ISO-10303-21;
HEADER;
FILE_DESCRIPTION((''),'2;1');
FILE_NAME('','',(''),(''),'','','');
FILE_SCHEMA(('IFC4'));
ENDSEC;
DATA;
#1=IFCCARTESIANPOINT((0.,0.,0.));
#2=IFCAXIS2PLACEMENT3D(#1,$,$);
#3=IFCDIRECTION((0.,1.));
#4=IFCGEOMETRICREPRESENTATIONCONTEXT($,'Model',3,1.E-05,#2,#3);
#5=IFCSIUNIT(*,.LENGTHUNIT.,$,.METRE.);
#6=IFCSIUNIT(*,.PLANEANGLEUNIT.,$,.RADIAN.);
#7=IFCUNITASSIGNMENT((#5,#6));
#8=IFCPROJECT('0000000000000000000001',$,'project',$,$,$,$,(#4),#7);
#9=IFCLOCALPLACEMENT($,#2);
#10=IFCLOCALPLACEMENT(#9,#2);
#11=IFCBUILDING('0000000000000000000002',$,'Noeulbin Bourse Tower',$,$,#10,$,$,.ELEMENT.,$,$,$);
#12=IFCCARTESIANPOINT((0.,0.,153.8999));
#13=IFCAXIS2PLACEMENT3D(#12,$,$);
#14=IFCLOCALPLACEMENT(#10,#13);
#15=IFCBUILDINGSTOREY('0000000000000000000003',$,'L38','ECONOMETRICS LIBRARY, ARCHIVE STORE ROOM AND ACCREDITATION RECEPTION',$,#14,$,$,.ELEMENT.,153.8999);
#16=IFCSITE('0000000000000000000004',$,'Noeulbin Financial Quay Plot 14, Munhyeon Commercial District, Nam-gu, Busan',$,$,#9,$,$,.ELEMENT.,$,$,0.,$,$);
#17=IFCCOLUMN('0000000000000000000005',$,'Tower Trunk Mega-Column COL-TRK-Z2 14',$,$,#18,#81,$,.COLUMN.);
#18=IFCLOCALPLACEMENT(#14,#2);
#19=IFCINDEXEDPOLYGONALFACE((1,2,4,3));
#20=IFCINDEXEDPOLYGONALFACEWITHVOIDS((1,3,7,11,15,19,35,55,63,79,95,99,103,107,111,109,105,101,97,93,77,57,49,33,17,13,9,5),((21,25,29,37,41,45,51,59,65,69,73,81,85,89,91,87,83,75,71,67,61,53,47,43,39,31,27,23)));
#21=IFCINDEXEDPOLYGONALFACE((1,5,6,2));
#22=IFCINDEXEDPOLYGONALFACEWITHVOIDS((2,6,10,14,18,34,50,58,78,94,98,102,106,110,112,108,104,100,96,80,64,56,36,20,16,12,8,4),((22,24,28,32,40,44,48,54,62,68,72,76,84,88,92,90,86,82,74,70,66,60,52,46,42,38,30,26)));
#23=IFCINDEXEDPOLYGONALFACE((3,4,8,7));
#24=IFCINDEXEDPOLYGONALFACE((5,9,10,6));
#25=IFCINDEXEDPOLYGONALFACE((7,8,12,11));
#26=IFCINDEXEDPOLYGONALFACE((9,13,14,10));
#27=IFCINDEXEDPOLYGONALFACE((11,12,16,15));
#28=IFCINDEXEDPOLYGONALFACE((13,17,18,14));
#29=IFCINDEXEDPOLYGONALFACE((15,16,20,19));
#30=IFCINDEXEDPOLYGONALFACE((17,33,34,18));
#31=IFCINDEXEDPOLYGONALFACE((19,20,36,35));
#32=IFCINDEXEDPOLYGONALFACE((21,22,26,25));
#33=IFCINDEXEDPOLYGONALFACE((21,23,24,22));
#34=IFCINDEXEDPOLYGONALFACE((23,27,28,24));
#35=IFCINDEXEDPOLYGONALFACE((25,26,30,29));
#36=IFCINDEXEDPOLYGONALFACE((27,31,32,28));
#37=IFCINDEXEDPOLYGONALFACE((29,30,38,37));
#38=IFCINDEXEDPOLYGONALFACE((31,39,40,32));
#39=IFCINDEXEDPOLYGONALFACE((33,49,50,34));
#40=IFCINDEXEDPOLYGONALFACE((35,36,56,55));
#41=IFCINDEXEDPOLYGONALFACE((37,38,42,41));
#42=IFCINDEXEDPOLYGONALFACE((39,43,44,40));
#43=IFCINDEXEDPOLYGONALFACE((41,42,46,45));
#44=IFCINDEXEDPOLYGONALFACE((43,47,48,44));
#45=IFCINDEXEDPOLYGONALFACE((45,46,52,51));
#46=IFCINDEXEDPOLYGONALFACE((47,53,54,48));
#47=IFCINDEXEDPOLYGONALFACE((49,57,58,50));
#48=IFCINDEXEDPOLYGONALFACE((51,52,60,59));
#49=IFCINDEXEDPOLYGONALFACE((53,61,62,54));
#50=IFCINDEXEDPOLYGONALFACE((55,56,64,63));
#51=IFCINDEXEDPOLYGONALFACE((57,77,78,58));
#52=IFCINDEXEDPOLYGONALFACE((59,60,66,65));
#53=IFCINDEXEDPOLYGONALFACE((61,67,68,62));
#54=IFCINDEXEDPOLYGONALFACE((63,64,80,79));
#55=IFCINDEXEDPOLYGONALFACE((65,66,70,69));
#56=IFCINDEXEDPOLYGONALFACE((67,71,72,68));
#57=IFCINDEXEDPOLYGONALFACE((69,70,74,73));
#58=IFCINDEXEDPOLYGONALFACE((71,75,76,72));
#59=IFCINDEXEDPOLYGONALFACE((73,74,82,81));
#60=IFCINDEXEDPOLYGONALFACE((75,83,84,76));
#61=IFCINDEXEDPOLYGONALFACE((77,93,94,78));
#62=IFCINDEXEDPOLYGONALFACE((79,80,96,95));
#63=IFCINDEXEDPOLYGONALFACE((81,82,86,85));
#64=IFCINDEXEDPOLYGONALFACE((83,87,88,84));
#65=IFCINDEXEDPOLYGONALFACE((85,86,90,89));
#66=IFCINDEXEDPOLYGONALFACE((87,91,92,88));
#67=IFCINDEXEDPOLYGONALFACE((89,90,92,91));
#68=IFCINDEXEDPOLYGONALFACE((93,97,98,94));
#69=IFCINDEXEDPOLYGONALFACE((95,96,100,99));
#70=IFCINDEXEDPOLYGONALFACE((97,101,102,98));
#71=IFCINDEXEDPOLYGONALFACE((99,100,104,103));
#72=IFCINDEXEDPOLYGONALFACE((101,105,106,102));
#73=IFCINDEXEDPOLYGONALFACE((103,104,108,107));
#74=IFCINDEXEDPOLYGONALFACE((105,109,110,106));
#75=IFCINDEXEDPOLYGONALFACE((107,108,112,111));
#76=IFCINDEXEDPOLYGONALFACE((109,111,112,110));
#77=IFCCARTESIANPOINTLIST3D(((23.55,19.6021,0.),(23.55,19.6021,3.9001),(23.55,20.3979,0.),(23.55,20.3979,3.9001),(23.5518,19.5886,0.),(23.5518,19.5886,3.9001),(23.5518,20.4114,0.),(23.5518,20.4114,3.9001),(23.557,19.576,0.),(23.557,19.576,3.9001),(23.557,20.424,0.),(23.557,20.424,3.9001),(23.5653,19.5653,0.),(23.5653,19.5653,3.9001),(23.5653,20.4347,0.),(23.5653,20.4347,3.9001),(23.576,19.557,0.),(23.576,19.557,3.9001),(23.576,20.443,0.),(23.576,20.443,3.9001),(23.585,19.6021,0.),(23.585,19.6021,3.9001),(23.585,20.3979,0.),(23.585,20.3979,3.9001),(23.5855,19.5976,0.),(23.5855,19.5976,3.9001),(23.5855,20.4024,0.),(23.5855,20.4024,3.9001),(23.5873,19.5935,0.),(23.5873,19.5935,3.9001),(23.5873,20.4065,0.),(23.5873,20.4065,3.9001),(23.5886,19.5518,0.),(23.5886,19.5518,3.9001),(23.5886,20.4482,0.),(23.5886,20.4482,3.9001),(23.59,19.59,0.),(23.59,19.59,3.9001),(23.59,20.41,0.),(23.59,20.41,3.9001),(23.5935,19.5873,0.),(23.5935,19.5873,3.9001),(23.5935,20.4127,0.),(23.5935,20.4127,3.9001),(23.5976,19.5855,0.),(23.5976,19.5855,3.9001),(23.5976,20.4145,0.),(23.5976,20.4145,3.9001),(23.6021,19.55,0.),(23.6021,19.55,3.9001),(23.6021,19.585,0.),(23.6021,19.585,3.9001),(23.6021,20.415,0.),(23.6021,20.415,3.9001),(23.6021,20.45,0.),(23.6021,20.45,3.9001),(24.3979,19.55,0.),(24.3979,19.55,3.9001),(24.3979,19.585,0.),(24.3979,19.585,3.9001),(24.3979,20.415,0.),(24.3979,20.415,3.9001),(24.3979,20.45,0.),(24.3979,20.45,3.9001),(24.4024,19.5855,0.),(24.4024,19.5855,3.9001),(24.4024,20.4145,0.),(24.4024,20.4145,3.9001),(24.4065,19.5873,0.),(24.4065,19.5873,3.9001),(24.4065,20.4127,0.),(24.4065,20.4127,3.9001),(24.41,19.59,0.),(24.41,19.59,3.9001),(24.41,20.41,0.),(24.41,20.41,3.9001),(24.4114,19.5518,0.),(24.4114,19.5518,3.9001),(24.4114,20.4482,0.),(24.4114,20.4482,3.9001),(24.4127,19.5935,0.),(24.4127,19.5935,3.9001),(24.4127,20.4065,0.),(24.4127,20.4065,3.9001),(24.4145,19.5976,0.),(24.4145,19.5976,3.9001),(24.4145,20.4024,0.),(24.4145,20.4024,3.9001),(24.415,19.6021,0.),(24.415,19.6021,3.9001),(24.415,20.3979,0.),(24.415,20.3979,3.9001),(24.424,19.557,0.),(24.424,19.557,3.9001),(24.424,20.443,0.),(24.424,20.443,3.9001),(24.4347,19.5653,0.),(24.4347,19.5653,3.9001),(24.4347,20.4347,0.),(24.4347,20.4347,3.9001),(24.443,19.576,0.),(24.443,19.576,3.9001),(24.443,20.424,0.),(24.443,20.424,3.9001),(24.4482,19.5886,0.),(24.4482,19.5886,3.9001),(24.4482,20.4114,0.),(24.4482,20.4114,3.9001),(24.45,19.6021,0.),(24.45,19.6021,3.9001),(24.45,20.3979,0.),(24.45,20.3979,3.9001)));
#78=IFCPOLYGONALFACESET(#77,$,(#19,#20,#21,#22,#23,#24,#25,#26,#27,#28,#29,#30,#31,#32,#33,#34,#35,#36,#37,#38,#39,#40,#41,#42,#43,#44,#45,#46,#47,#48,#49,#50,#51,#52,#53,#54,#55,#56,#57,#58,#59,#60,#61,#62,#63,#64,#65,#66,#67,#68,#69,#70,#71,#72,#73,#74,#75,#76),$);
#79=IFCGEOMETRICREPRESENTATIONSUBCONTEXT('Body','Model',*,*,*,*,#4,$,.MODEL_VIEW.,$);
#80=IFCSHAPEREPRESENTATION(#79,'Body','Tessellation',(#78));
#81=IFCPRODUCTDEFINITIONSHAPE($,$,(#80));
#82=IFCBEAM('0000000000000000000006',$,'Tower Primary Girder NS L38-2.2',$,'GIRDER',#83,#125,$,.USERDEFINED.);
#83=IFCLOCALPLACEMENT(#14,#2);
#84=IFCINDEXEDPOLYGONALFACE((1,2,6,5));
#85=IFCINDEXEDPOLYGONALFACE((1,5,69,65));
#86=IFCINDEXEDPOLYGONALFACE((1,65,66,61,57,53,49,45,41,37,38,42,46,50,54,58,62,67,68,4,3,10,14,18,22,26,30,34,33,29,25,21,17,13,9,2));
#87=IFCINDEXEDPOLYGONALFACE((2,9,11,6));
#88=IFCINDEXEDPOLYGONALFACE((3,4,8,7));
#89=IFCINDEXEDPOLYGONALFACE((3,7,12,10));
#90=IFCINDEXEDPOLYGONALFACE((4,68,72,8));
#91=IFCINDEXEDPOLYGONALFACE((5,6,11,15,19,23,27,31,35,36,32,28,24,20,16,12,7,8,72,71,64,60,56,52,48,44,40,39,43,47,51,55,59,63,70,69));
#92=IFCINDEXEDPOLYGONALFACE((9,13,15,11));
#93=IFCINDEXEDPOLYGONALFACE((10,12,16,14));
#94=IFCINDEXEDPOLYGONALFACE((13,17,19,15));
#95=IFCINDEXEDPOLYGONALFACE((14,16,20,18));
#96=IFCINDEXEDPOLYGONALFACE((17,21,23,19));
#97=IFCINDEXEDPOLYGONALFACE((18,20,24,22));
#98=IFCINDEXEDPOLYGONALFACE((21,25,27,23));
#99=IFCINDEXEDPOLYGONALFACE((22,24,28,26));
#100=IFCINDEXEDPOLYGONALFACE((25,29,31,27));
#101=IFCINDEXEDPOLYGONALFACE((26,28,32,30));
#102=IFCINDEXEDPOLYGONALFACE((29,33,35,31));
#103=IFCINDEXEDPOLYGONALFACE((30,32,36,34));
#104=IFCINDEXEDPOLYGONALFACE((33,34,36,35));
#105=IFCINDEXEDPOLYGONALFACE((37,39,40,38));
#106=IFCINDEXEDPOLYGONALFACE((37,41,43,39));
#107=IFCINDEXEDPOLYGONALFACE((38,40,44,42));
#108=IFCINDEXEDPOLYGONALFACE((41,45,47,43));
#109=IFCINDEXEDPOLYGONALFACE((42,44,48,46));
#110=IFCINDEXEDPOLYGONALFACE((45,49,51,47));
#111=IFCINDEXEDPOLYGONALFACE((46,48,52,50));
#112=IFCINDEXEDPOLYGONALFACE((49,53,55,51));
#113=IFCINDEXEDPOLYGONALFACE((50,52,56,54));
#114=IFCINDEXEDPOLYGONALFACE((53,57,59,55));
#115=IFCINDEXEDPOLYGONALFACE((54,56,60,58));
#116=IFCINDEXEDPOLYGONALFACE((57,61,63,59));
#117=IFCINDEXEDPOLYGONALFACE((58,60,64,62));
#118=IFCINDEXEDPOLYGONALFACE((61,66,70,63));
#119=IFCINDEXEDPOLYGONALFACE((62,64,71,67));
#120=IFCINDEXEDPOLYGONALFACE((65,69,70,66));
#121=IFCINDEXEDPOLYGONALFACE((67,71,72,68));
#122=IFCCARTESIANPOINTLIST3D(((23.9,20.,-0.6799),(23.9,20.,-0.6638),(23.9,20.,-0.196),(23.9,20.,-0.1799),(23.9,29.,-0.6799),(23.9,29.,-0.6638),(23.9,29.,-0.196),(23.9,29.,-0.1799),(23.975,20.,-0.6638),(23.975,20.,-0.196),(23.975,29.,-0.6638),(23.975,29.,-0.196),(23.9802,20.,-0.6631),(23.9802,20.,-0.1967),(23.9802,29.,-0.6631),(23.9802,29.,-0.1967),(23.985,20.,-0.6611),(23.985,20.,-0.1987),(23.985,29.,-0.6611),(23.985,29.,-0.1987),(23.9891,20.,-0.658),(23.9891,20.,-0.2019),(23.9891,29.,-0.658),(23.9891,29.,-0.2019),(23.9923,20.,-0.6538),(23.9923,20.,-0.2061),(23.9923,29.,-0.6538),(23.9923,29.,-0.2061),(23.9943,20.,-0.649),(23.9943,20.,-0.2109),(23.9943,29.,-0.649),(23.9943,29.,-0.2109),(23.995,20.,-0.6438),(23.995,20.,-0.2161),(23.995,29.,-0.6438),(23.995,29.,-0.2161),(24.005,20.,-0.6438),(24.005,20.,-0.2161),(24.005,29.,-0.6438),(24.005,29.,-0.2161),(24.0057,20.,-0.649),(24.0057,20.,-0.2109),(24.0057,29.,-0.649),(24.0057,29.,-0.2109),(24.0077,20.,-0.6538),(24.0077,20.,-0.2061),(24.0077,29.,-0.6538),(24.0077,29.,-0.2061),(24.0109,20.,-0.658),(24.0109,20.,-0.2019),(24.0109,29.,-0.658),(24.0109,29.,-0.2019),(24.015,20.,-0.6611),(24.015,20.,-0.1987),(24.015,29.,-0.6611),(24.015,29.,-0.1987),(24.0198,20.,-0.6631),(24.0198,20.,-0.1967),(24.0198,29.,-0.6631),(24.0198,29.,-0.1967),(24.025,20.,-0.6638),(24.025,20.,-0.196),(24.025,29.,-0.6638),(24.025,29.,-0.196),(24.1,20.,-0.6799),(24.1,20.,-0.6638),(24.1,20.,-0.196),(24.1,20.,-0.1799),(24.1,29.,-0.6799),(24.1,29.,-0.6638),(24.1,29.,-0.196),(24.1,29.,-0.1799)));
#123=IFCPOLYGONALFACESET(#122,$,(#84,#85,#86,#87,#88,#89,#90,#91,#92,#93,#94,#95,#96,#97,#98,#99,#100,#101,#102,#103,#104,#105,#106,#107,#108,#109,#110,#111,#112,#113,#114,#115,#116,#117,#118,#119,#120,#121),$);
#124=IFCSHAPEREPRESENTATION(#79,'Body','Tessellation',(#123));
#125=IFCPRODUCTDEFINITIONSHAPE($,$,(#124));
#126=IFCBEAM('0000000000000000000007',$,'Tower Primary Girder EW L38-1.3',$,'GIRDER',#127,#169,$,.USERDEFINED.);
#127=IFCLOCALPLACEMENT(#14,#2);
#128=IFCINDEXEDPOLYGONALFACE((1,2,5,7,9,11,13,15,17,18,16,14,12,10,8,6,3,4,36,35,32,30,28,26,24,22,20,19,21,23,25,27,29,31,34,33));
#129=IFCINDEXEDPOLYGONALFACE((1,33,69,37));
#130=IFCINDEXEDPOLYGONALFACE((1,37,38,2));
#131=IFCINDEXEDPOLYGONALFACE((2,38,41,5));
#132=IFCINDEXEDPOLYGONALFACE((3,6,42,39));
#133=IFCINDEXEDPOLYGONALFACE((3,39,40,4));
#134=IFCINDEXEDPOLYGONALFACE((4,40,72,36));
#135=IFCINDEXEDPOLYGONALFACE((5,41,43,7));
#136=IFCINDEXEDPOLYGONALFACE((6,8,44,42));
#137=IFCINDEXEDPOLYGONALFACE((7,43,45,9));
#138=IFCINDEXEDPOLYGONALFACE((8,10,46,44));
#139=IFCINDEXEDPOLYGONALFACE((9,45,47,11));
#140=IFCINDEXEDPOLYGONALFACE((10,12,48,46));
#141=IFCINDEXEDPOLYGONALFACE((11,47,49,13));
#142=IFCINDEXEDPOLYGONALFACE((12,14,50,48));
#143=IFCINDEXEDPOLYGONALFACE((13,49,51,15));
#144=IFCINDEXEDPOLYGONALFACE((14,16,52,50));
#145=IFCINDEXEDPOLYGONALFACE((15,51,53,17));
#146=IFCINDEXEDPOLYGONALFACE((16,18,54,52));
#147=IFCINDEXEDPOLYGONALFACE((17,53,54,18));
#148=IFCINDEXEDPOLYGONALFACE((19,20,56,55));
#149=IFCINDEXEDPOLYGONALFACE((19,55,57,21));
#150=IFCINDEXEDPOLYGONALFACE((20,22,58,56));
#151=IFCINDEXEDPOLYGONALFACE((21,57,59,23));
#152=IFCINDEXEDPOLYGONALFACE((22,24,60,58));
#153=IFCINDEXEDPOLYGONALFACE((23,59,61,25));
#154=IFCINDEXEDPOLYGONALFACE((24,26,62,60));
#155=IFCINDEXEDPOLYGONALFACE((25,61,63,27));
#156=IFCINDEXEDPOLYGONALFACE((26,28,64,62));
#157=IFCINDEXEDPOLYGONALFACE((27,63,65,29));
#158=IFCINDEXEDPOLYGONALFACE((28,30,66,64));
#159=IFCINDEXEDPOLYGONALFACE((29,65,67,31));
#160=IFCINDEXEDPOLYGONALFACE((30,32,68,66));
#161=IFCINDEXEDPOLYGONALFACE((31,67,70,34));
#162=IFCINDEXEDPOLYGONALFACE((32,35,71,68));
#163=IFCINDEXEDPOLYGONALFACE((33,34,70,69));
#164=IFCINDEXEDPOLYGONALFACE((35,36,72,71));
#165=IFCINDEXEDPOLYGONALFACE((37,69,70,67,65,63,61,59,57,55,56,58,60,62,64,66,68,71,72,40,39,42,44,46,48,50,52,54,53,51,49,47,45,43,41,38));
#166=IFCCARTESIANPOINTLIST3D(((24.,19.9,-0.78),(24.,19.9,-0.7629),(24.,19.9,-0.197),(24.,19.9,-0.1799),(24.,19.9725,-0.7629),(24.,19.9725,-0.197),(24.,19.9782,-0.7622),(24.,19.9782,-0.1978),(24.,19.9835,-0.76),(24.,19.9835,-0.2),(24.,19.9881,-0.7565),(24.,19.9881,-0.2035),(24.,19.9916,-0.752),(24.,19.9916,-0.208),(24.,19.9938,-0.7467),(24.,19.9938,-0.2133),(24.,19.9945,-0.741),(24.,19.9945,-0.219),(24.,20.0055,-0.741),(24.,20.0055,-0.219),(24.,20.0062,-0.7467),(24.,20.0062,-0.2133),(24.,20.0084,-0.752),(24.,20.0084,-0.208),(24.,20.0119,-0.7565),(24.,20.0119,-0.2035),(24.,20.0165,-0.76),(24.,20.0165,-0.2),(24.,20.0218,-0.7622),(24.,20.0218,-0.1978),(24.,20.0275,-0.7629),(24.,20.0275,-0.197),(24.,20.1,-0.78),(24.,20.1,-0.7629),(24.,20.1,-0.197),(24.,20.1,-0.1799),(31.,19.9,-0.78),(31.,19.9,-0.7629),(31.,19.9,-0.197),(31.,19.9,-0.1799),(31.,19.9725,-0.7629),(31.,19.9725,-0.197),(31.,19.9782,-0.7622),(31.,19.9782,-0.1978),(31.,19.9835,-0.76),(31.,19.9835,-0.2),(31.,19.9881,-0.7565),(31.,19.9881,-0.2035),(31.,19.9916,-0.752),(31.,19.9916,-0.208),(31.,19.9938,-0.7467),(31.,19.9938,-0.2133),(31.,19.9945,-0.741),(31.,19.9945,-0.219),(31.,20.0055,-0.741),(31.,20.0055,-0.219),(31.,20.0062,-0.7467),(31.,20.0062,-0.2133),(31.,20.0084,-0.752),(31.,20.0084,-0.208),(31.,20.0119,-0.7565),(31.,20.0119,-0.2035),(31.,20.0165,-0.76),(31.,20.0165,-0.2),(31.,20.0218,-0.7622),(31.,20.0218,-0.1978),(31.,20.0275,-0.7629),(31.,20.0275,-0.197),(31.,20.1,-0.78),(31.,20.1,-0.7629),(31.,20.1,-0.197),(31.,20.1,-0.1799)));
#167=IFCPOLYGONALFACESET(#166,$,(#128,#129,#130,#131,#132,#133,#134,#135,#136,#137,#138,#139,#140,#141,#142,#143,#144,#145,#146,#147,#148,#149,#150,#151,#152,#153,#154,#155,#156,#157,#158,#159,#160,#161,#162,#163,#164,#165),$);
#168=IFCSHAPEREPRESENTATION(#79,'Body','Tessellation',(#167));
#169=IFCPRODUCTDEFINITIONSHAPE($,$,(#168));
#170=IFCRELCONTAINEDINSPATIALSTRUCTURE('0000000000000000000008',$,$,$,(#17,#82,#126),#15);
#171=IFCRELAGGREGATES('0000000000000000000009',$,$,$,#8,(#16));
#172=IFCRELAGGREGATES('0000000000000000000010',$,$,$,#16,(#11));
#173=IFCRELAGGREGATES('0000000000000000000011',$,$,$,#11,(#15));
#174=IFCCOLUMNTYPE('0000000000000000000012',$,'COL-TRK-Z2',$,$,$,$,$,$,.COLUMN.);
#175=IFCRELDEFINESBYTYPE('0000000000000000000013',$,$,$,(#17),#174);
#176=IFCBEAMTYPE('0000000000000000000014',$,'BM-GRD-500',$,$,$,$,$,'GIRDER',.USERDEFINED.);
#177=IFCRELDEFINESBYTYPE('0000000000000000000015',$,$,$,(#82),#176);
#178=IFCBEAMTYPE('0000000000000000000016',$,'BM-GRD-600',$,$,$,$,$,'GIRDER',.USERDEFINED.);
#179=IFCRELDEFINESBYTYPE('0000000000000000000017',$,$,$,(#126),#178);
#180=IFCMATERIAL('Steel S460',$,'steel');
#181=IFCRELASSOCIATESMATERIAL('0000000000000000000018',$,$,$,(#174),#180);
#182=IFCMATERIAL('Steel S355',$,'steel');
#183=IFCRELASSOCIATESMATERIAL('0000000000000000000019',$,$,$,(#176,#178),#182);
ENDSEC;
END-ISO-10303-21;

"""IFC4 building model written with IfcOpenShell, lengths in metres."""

from ifc_helpers import new_model, si_unit, direction, frame, origin, origin_2d, place, context, subcontext, project, spatial, hollow_rectangle, i_section, extrude, material, material_profile, profile_set, type_object, element, save


model = new_model("IFC4")

# Units and contexts
model_context = context("Model", 3, precision=1e-05, world=origin(), true_north=direction((0.0, 1.0)))
body_context = subcontext(model_context, "Body", "Model", "MODEL_VIEW")
ifc_project = project(units=[si_unit("LENGTHUNIT", "METRE"), si_unit("PLANEANGLEUNIT", "RADIAN")], contexts=[model_context])

# Site, building, storey
site_placement = place(None, origin())
site = spatial("IfcSite", under=ifc_project, at=site_placement, Name="Noeulbin Financial Quay Plot 14, Munhyeon Commercial District, Nam-gu, Busan", CompositionType="ELEMENT", RefElevation=0.0)
building_placement = place(site_placement, origin())
building = spatial("IfcBuilding", under=site, at=building_placement, Name="Noeulbin Bourse Tower", CompositionType="ELEMENT")
storey_placement = place(building_placement, frame((0.0, 0.0, 153.8999)))
storey = spatial("IfcBuildingStorey", under=building, at=storey_placement, Name="L38", Description="ECONOMETRICS LIBRARY, ARCHIVE STORE ROOM AND ACCREDITATION RECEPTION", CompositionType="ELEMENT", Elevation=153.8999)

# Column
ifc_material_1 = material(Name="Steel S460", Category="steel")
ifc_material_profile_1 = material_profile(ifc_material_1, hollow_rectangle(XDim=0.8999, YDim=0.8999, WallThickness=0.0349, InnerFilletRadius=0.0171, OuterFilletRadius=0.052, at=origin_2d()), Name="BOX-900x900x35", Category="LoadBearing")
ifc_profile_set_1 = profile_set([ifc_material_profile_1], Name="Steel S460")
column_type = type_object("IfcColumnType", Name="COL-TRK-Z2", PredefinedType="COLUMN", material=ifc_profile_set_1)
column_placement = place(storey_placement, frame((24.0, 20.0, 0.0), z_axis=(0.0, 0.0, 1.0), x_axis=(1.0, 0.0, 0.0)))
element("IfcColumn", 1, at=column_placement, inside=storey, type_object=column_type, Name="Tower Trunk Mega-Column COL-TRK-Z2 14", PredefinedType="COLUMN", context=body_context, shape_type="SweptSolid", body=[
    extrude(hollow_rectangle(XDim=0.8999, YDim=0.8999, WallThickness=0.0349, InnerFilletRadius=0.0171, OuterFilletRadius=0.052, at=origin_2d()), origin(), (0.0, 0.0, 1.0), 3.9001),
])

# Beams
ifc_material_2 = material(Name="Steel S355", Category="steel")
ifc_material_profile_2 = material_profile(ifc_material_2, i_section(OverallWidth=0.2, OverallDepth=0.5, WebThickness=0.01, FlangeThickness=0.0161, FilletRadius=0.02, at=origin_2d()), Name="H-500x200x10x16", Category="LoadBearing")
ifc_profile_set_2 = profile_set([ifc_material_profile_2], Name="Steel S355")
beam_type_1 = type_object("IfcBeamType", Name="BM-GRD-500", ElementType="GIRDER", PredefinedType="USERDEFINED", material=ifc_profile_set_2)
beam_1_placement = place(storey_placement, frame((24.0, 20.0, -0.4299), z_axis=(0.0, 1.0, 0.0), x_axis=(-1.0, 0.0, 0.0)))
element("IfcBeam", 2, at=beam_1_placement, inside=storey, type_object=beam_type_1, Name="Tower Primary Girder NS L38-2.2", ObjectType="GIRDER", PredefinedType="USERDEFINED", context=body_context, shape_type="SweptSolid", body=[
    extrude(i_section(OverallWidth=0.2, OverallDepth=0.5, WebThickness=0.01, FlangeThickness=0.0161, FilletRadius=0.02, at=origin_2d()), origin(), (0.0, 0.0, 1.0), 9.0),
])
ifc_material_profile_3 = material_profile(ifc_material_2, i_section(OverallWidth=0.2, OverallDepth=0.6001, WebThickness=0.011, FlangeThickness=0.0171, FilletRadius=0.022, at=origin_2d()), Name="H-600x200x11x17", Category="LoadBearing")
ifc_profile_set_3 = profile_set([ifc_material_profile_3], Name="Steel S355")
beam_type_2 = type_object("IfcBeamType", Name="BM-GRD-600", ElementType="GIRDER", PredefinedType="USERDEFINED", material=ifc_profile_set_3)
beam_2_placement = place(storey_placement, frame((24.0, 20.0, -0.48), z_axis=(1.0, 0.0, 0.0), x_axis=(0.0, 1.0, 0.0)))
element("IfcBeam", 3, at=beam_2_placement, inside=storey, type_object=beam_type_2, Name="Tower Primary Girder EW L38-1.3", ObjectType="GIRDER", PredefinedType="USERDEFINED", context=body_context, shape_type="SweptSolid", body=[
    extrude(i_section(OverallWidth=0.2, OverallDepth=0.6001, WebThickness=0.011, FlangeThickness=0.0171, FilletRadius=0.022, at=origin_2d()), origin(), (0.0, 0.0, 1.0), 7.0),
])

save(model, "model.ifc")
